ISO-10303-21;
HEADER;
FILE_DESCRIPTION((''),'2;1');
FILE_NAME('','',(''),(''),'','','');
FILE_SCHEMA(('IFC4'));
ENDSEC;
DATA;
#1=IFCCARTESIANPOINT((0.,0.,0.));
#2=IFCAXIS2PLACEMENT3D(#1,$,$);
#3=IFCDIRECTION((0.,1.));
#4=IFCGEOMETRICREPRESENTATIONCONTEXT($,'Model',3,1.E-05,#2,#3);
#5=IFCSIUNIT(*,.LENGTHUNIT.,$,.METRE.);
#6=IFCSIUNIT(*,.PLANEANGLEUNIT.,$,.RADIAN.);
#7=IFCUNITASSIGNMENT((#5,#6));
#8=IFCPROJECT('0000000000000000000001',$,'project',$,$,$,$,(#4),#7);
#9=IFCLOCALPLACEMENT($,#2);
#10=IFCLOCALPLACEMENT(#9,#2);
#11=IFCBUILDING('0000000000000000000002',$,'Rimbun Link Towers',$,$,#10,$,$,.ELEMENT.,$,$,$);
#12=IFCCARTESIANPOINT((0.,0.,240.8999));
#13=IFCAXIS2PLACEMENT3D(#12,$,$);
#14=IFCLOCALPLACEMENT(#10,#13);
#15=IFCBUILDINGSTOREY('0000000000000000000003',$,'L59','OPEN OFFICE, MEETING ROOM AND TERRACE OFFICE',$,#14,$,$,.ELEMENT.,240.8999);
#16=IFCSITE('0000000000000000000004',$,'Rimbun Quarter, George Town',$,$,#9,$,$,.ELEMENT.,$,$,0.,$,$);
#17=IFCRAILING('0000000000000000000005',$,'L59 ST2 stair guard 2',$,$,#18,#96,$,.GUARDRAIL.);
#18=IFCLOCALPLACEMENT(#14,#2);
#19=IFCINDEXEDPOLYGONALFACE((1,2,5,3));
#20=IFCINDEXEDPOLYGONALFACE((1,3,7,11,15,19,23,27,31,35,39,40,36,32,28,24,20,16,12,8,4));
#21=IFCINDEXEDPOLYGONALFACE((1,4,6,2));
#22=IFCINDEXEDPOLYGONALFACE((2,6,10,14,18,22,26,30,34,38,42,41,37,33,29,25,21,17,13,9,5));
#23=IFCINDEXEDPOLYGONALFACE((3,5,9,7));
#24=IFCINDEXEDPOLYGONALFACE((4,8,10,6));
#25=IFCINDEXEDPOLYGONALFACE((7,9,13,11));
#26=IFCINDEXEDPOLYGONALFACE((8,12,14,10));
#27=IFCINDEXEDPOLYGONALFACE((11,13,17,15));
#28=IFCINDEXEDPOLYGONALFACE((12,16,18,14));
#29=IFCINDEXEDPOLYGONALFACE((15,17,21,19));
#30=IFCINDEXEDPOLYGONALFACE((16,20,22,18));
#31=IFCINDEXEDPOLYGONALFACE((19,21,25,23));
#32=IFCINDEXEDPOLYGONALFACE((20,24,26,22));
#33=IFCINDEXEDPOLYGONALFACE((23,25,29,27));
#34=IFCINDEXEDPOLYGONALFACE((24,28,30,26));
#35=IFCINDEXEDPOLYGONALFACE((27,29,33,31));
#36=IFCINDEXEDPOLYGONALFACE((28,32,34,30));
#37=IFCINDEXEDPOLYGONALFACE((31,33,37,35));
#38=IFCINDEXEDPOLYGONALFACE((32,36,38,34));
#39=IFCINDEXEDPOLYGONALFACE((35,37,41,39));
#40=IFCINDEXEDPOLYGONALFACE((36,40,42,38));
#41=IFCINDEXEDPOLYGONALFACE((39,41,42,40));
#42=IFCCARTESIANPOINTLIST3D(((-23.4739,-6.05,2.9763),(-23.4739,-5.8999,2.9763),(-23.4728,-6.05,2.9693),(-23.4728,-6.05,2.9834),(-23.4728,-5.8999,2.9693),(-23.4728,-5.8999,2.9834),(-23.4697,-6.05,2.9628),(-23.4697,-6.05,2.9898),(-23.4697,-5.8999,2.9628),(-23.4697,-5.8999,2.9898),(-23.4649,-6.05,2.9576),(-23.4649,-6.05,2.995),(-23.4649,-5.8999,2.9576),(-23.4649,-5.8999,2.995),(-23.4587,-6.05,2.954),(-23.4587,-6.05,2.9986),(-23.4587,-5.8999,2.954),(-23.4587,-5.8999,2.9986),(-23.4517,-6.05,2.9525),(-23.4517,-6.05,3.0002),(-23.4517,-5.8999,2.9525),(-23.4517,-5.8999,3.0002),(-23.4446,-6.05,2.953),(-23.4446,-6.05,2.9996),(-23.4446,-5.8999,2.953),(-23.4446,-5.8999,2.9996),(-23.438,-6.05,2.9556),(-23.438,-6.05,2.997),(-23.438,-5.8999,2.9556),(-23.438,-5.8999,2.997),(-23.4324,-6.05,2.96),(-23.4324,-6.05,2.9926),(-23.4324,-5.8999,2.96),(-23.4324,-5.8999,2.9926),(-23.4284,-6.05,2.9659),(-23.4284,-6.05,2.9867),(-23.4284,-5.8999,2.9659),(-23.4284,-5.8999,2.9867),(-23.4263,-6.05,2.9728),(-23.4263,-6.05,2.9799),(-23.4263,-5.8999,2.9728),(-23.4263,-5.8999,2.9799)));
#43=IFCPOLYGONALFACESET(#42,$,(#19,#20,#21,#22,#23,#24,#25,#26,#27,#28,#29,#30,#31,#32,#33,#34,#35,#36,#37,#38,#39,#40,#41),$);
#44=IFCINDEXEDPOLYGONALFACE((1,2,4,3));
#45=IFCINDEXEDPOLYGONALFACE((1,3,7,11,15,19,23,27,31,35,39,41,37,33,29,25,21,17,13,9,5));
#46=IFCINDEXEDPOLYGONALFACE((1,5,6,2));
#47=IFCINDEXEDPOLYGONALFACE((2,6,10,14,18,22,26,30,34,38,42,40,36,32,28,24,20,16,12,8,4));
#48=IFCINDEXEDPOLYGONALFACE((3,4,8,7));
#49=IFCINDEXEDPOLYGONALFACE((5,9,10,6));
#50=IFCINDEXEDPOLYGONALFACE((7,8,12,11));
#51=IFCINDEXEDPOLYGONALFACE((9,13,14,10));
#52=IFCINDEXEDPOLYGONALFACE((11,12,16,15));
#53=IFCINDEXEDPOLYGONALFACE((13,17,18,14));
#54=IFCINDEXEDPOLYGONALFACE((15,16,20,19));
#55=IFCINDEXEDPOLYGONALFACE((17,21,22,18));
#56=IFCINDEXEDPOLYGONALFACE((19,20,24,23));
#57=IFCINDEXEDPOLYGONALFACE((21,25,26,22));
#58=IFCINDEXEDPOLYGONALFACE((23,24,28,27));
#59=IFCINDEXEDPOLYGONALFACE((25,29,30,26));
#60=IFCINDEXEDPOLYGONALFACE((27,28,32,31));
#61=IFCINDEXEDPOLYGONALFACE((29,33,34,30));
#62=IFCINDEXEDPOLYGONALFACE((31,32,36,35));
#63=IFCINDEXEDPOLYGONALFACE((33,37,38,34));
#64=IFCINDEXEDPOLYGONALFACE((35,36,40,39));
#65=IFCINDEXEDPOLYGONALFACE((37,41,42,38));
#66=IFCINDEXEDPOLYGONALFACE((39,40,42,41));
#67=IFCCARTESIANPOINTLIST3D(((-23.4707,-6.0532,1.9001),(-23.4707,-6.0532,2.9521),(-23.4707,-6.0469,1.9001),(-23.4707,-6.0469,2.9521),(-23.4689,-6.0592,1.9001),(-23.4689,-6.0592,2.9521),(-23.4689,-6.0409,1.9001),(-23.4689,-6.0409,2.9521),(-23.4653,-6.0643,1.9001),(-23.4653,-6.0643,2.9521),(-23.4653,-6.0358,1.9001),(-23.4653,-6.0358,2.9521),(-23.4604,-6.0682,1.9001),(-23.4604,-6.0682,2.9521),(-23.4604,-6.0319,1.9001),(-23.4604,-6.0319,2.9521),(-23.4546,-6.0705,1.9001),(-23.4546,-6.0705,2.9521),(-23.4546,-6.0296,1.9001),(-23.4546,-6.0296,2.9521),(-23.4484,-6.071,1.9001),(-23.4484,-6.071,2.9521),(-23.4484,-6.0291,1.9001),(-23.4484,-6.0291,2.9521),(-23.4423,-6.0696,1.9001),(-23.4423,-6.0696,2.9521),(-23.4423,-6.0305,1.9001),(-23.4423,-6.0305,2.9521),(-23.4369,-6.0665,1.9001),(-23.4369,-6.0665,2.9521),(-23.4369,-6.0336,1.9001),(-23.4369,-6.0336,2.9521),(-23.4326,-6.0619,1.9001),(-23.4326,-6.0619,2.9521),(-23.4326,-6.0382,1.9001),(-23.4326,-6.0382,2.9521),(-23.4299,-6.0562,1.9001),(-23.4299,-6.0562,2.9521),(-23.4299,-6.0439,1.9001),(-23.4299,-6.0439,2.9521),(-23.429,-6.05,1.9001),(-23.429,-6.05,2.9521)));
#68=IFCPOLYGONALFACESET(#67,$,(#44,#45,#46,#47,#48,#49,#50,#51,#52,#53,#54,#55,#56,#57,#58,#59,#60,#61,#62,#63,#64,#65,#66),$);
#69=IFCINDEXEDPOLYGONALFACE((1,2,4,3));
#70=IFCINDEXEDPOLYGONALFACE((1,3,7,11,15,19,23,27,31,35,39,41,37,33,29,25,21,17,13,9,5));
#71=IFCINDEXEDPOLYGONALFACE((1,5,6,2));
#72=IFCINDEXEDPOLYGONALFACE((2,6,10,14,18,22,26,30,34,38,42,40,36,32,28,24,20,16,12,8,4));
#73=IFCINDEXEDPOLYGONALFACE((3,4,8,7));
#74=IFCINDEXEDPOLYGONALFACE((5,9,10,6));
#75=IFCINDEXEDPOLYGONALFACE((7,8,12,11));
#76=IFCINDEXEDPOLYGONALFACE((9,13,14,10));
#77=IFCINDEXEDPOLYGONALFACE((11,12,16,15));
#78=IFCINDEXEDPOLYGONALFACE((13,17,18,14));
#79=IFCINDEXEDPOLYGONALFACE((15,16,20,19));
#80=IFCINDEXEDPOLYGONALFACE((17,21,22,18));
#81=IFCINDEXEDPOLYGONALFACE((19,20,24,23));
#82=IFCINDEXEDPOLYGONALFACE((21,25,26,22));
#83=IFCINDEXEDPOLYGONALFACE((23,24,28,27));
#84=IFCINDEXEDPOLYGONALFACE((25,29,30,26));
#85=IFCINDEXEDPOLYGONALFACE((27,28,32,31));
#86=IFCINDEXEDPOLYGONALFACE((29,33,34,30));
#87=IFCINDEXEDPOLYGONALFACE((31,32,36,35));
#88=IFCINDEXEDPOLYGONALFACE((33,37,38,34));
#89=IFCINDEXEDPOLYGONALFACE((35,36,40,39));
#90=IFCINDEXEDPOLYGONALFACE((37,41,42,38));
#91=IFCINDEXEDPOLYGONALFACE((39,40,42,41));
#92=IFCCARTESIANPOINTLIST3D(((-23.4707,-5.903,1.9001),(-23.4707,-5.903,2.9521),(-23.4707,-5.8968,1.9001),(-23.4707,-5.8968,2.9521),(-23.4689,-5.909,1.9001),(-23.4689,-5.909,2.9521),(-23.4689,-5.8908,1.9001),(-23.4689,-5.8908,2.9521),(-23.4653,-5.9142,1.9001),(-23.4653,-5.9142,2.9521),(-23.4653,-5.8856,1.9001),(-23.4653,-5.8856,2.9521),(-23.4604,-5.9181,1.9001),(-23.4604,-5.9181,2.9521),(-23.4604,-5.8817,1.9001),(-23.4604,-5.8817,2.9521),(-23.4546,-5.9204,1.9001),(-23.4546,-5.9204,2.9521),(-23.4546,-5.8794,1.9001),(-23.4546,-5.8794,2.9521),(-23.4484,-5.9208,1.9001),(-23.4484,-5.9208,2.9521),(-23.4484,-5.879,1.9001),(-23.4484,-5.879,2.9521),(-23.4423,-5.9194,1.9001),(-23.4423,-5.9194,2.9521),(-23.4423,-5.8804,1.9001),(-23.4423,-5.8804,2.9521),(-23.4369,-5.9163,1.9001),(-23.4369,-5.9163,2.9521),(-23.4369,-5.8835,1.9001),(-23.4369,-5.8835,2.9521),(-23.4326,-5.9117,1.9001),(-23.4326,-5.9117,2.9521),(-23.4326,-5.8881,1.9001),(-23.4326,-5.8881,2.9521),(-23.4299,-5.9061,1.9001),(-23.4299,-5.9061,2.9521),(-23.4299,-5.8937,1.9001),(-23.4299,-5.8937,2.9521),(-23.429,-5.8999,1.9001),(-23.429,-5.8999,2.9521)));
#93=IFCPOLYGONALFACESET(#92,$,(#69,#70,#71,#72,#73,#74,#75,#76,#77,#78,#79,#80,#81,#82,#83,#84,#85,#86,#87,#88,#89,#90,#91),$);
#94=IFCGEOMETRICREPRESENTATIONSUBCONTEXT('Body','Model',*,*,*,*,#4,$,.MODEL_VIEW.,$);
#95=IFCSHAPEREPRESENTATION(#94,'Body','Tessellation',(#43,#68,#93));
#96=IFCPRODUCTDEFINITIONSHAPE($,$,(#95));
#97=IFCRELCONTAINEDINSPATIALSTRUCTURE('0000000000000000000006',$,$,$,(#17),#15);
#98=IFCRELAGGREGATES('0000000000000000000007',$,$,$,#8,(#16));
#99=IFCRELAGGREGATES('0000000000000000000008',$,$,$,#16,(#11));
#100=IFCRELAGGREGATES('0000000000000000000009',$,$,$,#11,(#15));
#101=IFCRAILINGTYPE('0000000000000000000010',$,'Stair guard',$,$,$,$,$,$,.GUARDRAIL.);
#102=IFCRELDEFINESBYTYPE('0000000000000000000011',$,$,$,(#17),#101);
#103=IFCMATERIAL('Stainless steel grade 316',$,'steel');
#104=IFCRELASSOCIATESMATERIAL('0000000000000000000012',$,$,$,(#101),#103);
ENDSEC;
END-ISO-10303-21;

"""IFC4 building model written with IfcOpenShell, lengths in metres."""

from ifc_helpers import new_model, si_unit, direction, frame, origin, origin_2d, place, context, subcontext, project, spatial, circle, extrude, material, type_object, element, save


model = new_model("IFC4")

# Units and contexts
model_context = context("Model", 3, precision=1e-05, world=origin(), true_north=direction((0.0, 1.0)))
body_context = subcontext(model_context, "Body", "Model", "MODEL_VIEW")
ifc_project = project(units=[si_unit("LENGTHUNIT", "METRE"), si_unit("PLANEANGLEUNIT", "RADIAN")], contexts=[model_context])

# Site, building, storey
site_placement = place(None, origin())
site = spatial("IfcSite", under=ifc_project, at=site_placement, Name="Rimbun Quarter, George Town", CompositionType="ELEMENT", RefElevation=0.0)
building_placement = place(site_placement, origin())
building = spatial("IfcBuilding", under=site, at=building_placement, Name="Rimbun Link Towers", CompositionType="ELEMENT")
storey_placement = place(building_placement, frame((0.0, 0.0, 240.8999)))
storey = spatial("IfcBuildingStorey", under=building, at=storey_placement, Name="L59", Description="OPEN OFFICE, MEETING ROOM AND TERRACE OFFICE", CompositionType="ELEMENT", Elevation=240.8999)

# Railing
ifc_material_1 = material(Name="Stainless steel grade 316", Category="steel")
railing_type_1 = type_object("IfcRailingType", Name="Stair guard", PredefinedType="GUARDRAIL", material=ifc_material_1)
railing_1_placement = place(storey_placement, frame((-23.45, -6.05, 1.9001)))
element("IfcRailing", 1, at=railing_1_placement, inside=storey, type_object=railing_type_1, Name="L59 ST2 stair guard 2", PredefinedType="GUARDRAIL", context=body_context, shape_type="SweptSolid", body=[
    extrude(circle(Radius=0.0239, at=origin_2d()), frame((0.0, 0.0, 1.0762), z_axis=(0.0, 1.0, 0.0), x_axis=(-1.0, 0.0, 0.0)), (0.0, 0.0, 1.0), 0.1501),
    extrude(circle(Radius=0.021, at=origin_2d()), origin(), (0.0, 0.0, 1.0), 1.052),
    extrude(circle(Radius=0.021, at=origin_2d()), frame((0.0, 0.1501, 0.0)), (0.0, 0.0, 1.0), 1.052),
])

save(model, "model.ifc")
